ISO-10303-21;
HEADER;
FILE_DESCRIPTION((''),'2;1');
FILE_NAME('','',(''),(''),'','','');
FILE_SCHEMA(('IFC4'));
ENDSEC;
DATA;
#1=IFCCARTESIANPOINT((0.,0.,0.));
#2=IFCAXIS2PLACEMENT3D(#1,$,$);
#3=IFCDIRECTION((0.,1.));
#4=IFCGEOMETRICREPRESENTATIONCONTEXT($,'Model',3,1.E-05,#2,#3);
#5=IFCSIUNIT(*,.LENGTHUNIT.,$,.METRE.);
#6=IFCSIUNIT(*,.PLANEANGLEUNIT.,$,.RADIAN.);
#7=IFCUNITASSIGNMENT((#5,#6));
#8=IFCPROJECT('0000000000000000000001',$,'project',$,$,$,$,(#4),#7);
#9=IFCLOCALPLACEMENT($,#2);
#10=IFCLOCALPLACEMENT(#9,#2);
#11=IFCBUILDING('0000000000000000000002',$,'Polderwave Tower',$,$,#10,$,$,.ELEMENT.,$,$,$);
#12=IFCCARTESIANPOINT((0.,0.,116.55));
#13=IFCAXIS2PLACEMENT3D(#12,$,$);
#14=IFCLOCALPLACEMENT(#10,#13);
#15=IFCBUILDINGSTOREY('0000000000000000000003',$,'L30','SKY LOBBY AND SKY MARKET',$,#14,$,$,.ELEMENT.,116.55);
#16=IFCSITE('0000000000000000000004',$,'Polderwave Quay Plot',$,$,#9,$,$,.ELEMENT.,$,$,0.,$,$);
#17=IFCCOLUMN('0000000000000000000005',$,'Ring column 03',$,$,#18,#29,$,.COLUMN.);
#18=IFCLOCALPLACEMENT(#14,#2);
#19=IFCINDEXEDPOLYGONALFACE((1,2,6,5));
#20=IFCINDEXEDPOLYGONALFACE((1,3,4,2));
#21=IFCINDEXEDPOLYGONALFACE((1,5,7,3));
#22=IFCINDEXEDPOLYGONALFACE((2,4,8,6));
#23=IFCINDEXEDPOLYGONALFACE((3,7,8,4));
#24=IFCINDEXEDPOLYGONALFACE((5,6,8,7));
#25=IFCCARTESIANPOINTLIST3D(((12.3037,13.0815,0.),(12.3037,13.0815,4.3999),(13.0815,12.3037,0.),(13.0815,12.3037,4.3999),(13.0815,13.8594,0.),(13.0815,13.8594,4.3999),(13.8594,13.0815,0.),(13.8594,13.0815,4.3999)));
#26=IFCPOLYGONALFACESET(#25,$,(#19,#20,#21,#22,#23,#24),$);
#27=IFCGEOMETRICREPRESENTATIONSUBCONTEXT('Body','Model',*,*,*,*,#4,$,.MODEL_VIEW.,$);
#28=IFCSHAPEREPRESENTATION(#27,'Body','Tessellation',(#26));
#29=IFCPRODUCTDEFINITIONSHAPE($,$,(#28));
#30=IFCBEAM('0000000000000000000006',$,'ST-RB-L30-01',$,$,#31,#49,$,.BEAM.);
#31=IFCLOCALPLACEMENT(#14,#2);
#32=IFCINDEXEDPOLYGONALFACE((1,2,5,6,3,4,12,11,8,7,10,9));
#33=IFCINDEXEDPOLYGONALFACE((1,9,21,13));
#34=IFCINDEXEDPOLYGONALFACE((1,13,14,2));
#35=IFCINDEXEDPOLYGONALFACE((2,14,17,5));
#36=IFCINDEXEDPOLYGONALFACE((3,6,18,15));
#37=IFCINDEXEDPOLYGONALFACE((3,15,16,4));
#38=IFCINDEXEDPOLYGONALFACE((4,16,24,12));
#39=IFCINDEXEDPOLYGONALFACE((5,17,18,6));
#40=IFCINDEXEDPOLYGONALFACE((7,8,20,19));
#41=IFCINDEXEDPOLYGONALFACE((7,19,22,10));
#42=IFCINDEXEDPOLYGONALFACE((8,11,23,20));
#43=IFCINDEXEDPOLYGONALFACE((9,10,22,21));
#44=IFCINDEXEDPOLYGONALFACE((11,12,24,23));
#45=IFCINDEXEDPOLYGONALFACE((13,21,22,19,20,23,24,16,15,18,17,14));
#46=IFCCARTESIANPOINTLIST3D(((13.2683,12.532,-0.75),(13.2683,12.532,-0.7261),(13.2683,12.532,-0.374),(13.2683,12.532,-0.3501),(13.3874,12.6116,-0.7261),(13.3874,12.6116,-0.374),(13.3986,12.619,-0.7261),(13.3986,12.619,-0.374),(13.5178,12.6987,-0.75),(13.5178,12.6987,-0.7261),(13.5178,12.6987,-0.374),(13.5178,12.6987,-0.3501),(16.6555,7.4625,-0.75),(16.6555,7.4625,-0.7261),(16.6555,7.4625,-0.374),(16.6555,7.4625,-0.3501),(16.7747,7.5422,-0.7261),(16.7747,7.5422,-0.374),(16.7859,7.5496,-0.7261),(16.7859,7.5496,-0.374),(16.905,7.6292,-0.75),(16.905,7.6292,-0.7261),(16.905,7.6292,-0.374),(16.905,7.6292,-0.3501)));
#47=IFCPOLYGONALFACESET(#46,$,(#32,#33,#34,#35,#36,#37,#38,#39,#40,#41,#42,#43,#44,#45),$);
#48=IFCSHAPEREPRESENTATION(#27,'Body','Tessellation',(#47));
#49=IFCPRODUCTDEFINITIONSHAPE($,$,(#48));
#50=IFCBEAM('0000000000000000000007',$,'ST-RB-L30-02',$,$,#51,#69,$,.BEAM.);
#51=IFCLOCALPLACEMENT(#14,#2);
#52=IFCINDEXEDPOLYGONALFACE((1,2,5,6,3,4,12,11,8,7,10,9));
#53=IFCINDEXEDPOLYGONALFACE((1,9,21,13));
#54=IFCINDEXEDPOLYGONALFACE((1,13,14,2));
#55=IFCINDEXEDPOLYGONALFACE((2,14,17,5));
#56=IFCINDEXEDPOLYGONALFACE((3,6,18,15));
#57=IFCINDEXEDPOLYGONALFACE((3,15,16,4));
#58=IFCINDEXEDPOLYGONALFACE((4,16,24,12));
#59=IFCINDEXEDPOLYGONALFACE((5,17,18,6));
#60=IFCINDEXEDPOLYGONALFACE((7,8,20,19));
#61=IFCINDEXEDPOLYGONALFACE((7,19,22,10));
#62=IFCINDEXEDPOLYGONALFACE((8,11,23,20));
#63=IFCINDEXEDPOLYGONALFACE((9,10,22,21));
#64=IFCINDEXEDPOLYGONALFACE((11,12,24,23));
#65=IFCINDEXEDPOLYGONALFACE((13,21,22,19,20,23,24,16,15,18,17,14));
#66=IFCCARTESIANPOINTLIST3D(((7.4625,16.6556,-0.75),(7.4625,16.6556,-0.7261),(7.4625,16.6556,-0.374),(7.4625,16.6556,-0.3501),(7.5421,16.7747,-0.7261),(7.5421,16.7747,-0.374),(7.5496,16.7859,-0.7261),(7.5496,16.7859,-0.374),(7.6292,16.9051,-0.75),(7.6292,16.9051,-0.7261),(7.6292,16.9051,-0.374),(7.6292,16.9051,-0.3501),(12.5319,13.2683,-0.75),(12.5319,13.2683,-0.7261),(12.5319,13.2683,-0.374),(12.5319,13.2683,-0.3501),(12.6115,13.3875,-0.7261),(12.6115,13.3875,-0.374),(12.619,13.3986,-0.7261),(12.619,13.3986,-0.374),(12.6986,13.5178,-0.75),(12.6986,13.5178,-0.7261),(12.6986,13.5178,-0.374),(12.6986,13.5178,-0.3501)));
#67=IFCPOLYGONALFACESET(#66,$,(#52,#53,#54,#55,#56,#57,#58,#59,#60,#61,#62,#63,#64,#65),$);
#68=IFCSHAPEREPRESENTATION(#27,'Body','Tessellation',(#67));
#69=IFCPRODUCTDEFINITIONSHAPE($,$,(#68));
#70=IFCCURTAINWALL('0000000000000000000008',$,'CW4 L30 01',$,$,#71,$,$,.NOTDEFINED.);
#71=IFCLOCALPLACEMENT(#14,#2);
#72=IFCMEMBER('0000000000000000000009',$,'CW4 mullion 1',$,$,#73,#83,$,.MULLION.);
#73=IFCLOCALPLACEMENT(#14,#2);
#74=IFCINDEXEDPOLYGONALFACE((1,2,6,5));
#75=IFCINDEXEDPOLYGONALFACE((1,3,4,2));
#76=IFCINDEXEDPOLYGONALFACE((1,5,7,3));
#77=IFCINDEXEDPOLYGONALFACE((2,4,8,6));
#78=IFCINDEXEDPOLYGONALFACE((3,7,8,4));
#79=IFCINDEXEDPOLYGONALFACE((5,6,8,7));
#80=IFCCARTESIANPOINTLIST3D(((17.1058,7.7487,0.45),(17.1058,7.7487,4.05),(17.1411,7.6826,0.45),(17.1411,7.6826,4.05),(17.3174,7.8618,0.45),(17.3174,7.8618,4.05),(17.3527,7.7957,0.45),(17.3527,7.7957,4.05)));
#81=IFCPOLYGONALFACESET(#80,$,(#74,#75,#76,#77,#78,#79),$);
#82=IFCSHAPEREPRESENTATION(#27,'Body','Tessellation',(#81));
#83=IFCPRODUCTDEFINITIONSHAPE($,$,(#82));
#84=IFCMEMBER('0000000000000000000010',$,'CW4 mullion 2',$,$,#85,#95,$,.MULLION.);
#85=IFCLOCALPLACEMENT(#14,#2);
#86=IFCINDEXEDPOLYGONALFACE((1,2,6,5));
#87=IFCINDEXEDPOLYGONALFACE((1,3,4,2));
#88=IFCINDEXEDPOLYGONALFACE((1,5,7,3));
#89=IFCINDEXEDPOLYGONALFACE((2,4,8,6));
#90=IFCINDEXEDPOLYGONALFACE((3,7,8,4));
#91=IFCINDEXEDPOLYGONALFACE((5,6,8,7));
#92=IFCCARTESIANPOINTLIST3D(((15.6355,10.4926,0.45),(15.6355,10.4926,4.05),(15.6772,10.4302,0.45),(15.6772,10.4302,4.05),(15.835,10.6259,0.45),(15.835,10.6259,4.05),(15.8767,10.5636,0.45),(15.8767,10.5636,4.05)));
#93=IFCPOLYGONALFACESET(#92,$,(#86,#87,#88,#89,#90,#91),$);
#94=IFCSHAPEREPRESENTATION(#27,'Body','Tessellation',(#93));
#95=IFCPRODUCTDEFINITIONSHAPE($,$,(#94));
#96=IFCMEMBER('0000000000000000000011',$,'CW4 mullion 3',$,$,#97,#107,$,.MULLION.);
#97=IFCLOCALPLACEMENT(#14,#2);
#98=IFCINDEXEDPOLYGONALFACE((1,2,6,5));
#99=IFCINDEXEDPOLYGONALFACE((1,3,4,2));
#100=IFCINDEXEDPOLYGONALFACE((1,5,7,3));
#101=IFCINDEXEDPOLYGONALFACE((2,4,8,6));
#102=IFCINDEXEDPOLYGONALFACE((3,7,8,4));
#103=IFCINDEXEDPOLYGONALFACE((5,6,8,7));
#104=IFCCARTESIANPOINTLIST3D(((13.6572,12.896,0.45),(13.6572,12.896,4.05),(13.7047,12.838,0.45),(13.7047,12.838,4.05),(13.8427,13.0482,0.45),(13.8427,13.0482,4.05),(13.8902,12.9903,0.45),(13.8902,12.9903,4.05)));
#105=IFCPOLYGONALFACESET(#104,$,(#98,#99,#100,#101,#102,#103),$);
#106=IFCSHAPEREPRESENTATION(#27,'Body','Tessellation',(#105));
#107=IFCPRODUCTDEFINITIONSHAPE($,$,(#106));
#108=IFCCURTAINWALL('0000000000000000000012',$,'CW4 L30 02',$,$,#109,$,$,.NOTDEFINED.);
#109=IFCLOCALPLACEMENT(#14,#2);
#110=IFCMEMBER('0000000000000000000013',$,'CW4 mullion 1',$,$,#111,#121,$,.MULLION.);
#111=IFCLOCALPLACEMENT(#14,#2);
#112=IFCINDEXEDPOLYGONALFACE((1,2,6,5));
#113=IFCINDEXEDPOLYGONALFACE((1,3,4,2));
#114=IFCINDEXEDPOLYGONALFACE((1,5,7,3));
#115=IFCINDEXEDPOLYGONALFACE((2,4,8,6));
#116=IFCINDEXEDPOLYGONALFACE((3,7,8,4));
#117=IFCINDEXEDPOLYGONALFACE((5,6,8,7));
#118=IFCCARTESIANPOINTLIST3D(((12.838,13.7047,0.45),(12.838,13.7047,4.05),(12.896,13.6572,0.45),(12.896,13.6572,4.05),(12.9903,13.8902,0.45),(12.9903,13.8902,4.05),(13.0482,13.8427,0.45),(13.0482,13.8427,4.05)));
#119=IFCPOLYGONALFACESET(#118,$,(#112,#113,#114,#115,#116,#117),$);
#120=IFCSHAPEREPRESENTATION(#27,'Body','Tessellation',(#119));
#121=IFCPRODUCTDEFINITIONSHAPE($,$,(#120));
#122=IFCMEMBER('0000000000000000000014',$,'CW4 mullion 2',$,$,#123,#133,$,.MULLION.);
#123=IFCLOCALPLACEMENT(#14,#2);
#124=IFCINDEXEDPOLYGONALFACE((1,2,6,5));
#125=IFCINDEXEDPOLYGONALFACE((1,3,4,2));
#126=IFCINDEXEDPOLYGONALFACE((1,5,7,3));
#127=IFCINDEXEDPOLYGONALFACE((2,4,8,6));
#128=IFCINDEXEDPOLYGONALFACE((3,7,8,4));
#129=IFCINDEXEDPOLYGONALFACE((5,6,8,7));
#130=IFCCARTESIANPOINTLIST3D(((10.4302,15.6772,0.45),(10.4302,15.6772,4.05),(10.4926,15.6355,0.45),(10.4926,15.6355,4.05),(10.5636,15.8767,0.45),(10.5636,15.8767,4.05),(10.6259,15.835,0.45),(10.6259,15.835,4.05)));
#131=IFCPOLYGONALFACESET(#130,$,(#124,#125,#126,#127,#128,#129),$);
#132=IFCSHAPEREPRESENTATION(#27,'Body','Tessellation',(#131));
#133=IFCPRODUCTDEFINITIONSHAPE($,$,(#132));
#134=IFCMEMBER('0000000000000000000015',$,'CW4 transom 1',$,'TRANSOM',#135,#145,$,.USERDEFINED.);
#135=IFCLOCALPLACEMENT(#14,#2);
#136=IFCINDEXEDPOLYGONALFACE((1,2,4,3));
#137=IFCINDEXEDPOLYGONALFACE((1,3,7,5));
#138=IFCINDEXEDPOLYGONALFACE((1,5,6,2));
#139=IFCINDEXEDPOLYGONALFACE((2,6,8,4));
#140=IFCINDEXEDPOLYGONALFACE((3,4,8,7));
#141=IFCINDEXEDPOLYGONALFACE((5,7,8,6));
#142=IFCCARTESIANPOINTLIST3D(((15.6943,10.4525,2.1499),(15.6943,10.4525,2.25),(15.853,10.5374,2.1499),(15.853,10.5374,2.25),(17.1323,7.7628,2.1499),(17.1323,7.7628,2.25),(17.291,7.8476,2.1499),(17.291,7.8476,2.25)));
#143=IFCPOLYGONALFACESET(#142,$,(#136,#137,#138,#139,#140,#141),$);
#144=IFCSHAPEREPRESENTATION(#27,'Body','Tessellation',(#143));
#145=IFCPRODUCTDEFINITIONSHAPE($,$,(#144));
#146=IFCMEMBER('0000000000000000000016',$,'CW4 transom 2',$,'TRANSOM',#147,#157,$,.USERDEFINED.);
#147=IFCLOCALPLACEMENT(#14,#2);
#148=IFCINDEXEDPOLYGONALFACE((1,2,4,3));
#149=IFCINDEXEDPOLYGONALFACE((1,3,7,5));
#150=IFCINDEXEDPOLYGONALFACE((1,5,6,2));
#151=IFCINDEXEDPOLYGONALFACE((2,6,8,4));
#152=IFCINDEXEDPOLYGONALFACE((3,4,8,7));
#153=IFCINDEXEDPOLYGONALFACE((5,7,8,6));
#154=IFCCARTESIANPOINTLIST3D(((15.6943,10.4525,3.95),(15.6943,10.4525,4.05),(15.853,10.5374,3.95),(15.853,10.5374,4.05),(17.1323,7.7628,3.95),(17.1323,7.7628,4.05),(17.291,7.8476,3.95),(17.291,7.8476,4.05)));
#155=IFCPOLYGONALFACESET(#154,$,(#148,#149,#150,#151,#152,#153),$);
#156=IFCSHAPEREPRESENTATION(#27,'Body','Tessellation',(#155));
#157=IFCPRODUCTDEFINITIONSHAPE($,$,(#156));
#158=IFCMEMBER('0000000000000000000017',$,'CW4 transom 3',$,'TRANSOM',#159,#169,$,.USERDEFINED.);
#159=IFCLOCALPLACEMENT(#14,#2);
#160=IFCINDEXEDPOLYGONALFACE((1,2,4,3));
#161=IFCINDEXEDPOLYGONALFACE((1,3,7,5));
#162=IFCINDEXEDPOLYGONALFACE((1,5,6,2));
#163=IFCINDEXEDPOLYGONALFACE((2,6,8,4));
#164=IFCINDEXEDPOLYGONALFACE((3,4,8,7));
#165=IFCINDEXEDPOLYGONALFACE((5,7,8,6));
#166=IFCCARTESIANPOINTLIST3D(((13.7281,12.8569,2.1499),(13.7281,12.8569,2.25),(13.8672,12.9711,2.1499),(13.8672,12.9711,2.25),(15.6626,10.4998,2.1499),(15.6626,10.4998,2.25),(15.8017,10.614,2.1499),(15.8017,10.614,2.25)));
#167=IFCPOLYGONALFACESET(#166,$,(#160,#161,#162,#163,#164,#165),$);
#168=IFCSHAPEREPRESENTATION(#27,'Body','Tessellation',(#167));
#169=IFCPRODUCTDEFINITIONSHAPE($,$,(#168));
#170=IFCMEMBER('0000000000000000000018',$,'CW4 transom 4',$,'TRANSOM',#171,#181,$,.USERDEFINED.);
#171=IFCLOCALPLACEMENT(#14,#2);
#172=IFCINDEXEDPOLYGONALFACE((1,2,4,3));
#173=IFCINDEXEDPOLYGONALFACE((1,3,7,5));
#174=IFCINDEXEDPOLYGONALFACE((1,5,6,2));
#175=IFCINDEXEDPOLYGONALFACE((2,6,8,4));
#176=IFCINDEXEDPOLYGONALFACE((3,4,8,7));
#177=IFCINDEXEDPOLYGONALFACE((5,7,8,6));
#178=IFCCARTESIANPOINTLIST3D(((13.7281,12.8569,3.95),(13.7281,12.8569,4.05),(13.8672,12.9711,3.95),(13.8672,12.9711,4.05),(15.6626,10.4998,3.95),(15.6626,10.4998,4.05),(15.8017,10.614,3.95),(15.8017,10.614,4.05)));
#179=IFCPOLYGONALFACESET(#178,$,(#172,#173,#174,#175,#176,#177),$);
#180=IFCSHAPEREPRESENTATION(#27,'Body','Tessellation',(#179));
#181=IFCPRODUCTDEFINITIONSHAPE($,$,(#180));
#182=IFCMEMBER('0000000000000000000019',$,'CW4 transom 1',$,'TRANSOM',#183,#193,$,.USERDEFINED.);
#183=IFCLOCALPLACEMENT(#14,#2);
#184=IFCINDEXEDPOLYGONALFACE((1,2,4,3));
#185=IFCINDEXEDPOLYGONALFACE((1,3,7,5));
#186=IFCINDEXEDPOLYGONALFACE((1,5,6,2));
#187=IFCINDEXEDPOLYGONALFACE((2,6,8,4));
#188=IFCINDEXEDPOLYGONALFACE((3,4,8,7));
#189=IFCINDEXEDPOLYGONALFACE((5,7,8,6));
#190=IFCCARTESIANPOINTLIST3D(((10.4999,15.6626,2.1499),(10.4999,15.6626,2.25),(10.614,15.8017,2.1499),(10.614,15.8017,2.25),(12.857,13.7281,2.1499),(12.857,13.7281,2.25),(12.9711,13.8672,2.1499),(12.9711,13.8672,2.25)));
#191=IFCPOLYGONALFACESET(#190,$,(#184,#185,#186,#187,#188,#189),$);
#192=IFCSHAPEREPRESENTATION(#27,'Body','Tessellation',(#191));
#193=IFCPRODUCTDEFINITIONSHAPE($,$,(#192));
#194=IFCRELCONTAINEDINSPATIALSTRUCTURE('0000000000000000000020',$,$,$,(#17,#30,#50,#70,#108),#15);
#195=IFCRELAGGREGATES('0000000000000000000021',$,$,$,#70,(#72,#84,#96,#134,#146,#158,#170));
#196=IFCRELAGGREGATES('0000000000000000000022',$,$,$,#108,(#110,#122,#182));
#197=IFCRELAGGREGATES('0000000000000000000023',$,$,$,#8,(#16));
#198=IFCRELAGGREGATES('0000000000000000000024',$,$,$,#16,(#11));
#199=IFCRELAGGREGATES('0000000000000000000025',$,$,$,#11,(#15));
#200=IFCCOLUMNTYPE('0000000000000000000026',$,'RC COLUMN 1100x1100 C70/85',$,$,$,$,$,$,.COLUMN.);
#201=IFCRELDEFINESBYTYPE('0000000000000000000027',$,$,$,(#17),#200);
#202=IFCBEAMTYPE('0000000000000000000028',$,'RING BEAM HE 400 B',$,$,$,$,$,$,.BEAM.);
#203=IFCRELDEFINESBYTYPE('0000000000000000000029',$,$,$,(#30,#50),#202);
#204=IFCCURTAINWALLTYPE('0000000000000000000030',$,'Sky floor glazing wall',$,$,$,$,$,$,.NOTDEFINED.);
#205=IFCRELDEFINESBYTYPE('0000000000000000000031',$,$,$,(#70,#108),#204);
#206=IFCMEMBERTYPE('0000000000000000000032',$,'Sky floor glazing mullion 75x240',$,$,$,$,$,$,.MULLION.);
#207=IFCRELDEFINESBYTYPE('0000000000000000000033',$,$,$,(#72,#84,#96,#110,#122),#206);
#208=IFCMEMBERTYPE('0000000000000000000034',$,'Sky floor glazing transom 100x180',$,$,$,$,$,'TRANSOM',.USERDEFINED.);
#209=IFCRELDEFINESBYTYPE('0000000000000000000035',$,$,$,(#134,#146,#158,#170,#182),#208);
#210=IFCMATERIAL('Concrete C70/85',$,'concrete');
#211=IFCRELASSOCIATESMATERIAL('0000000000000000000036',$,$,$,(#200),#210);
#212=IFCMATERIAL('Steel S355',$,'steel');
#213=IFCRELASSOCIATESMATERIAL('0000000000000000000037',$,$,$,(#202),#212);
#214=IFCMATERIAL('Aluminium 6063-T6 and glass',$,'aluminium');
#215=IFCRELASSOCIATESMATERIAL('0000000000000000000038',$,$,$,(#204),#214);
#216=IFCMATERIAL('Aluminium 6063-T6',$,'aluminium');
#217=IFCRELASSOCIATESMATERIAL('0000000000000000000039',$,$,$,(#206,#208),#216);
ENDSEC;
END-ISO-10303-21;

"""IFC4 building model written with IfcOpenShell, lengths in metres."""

from ifc_helpers import new_model, si_unit, direction, frame, origin, origin_2d, place, context, subcontext, project, spatial, rectangle, i_section, extrude, material, material_profile, profile_set, type_object, element, aggregate, save


model = new_model("IFC4")

# Units and contexts
model_context = context("Model", 3, precision=1e-05, world=origin(), true_north=direction((0.0, 1.0)))
body_context = subcontext(model_context, "Body", "Model", "MODEL_VIEW")
ifc_project = project(units=[si_unit("LENGTHUNIT", "METRE"), si_unit("PLANEANGLEUNIT", "RADIAN")], contexts=[model_context])

# Site, building, storey
site_placement = place(None, origin())
site = spatial("IfcSite", under=ifc_project, at=site_placement, Name="Polderwave Quay Plot", CompositionType="ELEMENT", RefElevation=0.0)
building_placement = place(site_placement, origin())
building = spatial("IfcBuilding", under=site, at=building_placement, Name="Polderwave Tower", CompositionType="ELEMENT")
storey_placement = place(building_placement, frame((0.0, 0.0, 116.55)))
storey = spatial("IfcBuildingStorey", under=building, at=storey_placement, Name="L30", Description="SKY LOBBY AND SKY MARKET", CompositionType="ELEMENT", Elevation=116.55)

# Column
ifc_material_1 = material(Name="Concrete C70/85", Category="concrete")
ifc_material_profile_1 = material_profile(ifc_material_1, rectangle(XDim=1.1001, YDim=1.1001, at=origin_2d()), Name="RC 1100x1100")
ifc_profile_set_1 = profile_set([ifc_material_profile_1], Name="Concrete C70/85")
column_type = type_object("IfcColumnType", Name="RC COLUMN 1100x1100 C70/85", PredefinedType="COLUMN", material=ifc_profile_set_1)
column_placement = place(storey_placement, frame((13.0815, 13.0815, 0.0), z_axis=(0.0, 0.0, 1.0), x_axis=(0.707107, 0.707107, 0.0)))
element("IfcColumn", 1, at=column_placement, inside=storey, type_object=column_type, Name="Ring column 03", PredefinedType="COLUMN", context=body_context, shape_type="SweptSolid", body=[
    extrude(rectangle(XDim=1.1001, YDim=1.1001, at=origin_2d()), origin(), (0.0, 0.0, 1.0), 4.3999),
])

# Beams
ifc_material_2 = material(Name="Steel S355", Category="steel")
ifc_material_profile_2 = material_profile(ifc_material_2, i_section(OverallWidth=0.3, OverallDepth=0.3999, WebThickness=0.0134, FlangeThickness=0.0239, at=origin_2d()), Name="HE 400 B")
ifc_profile_set_2 = profile_set([ifc_material_profile_2], Name="Steel S355")
beam_type = type_object("IfcBeamType", Name="RING BEAM HE 400 B", PredefinedType="BEAM", material=ifc_profile_set_2)
for number, where, z_axis, x_axis, name in (
    (2, (16.7803, 7.5459, -0.55), (-0.555569, 0.831471, 0.0), (-0.831471, -0.555569, 0.0), "ST-RB-L30-01"),
    (3, (12.6152, 13.3931, -0.55), (-0.831471, 0.555569, 0.0), (-0.555569, -0.831471, 0.0), "ST-RB-L30-02"),
):
    element("IfcBeam", number, at=place(storey_placement, frame(where, z_axis=z_axis, x_axis=x_axis)), inside=storey, type_object=beam_type, Name=name, PredefinedType="BEAM", context=body_context, shape_type="SweptSolid", body=[
        extrude(i_section(OverallWidth=0.3, OverallDepth=0.3999, WebThickness=0.0134, FlangeThickness=0.0239, at=origin_2d()), origin(), (0.0, 0.0, 1.0), 6.0969),
    ])

# Curtain walls, members
ifc_material_3 = material(Name="Aluminium 6063-T6 and glass", Category="aluminium")
curtain_wall_type = type_object("IfcCurtainWallType", Name="Sky floor glazing wall", PredefinedType="NOTDEFINED", material=ifc_material_3)
curtain_wall_1_placement = place(storey_placement, origin())
curtain_wall_1 = element("IfcCurtainWall", 4, at=curtain_wall_1_placement, inside=storey, type_object=curtain_wall_type, Name="CW4 L30 01", PredefinedType="NOTDEFINED")
ifc_material_4 = material(Name="Aluminium 6063-T6", Category="aluminium")
ifc_material_profile_3 = material_profile(ifc_material_4, rectangle(XDim=0.24, YDim=0.075, at=origin_2d()), Name="AL 75x240")
ifc_profile_set_3 = profile_set([ifc_material_profile_3], Name="Aluminium 6063-T6")
member_type_1 = type_object("IfcMemberType", Name="Sky floor glazing mullion 75x240", PredefinedType="MULLION", material=ifc_profile_set_3)
member_1_placement = place(storey_placement, frame((17.2292, 7.7722, 0.45), z_axis=(0.0, 0.0, 1.0), x_axis=(-0.881888, -0.471458, 0.0)))
member_1 = element("IfcMember", 5, at=member_1_placement, type_object=member_type_1, Name="CW4 mullion 1", PredefinedType="MULLION", context=body_context, shape_type="SweptSolid", body=[
    extrude(rectangle(XDim=0.24, YDim=0.075, at=origin_2d()), origin(), (0.0, 0.0, 1.0), 3.6001),
])
member_2_placement = place(storey_placement, frame((15.7561, 10.5281, 0.45), z_axis=(0.0, 0.0, 1.0), x_axis=(-0.831433, -0.555625, 0.0)))
member_2 = element("IfcMember", 6, at=member_2_placement, type_object=member_type_1, Name="CW4 mullion 2", PredefinedType="MULLION", context=body_context, shape_type="SweptSolid", body=[
    extrude(rectangle(XDim=0.24, YDim=0.075, at=origin_2d()), origin(), (0.0, 0.0, 1.0), 3.6001),
])
member_3_placement = place(storey_placement, frame((13.7737, 12.9431, 0.45), z_axis=(0.0, 0.0, 1.0), x_axis=(-0.772969, -0.634443, 0.0)))
member_3 = element("IfcMember", 7, at=member_3_placement, type_object=member_type_1, Name="CW4 mullion 3", PredefinedType="MULLION", context=body_context, shape_type="SweptSolid", body=[
    extrude(rectangle(XDim=0.24, YDim=0.075, at=origin_2d()), origin(), (0.0, 0.0, 1.0), 3.6001),
])
curtain_wall_2_placement = place(storey_placement, origin())
curtain_wall_2 = element("IfcCurtainWall", 8, at=curtain_wall_2_placement, inside=storey, type_object=curtain_wall_type, Name="CW4 L30 02", PredefinedType="NOTDEFINED")
member_4_placement = place(storey_placement, frame((12.9431, 13.7737, 0.45), z_axis=(0.0, 0.0, 1.0), x_axis=(-0.634443, -0.772969, 0.0)))
member_4 = element("IfcMember", 9, at=member_4_placement, type_object=member_type_1, Name="CW4 mullion 1", PredefinedType="MULLION", context=body_context, shape_type="SweptSolid", body=[
    extrude(rectangle(XDim=0.24, YDim=0.075, at=origin_2d()), origin(), (0.0, 0.0, 1.0), 3.6001),
])
member_5_placement = place(storey_placement, frame((10.5281, 15.7561, 0.45), z_axis=(0.0, 0.0, 1.0), x_axis=(-0.555625, -0.831433, 0.0)))
member_5 = element("IfcMember", 10, at=member_5_placement, type_object=member_type_1, Name="CW4 mullion 2", PredefinedType="MULLION", context=body_context, shape_type="SweptSolid", body=[
    extrude(rectangle(XDim=0.24, YDim=0.075, at=origin_2d()), origin(), (0.0, 0.0, 1.0), 3.6001),
])

# Members
ifc_material_profile_4 = material_profile(ifc_material_4, rectangle(XDim=0.1799, YDim=0.1001, at=origin_2d()), Name="AL 100x180")
ifc_profile_set_4 = profile_set([ifc_material_profile_4], Name="Aluminium 6063-T6")
member_type_2 = type_object("IfcMemberType", Name="Sky floor glazing transom 100x180", ElementType="TRANSOM", PredefinedType="USERDEFINED", material=ifc_profile_set_4)
member_6_placement = place(storey_placement, frame((17.2117, 7.8052, 2.2), z_axis=(-0.471477, 0.881878, 0.0), x_axis=(-0.881878, -0.471477, 0.0)))
member_6 = element("IfcMember", 11, at=member_6_placement, type_object=member_type_2, Name="CW4 transom 1", ObjectType="TRANSOM", PredefinedType="USERDEFINED", context=body_context, shape_type="SweptSolid", body=[
    extrude(rectangle(XDim=0.1799, YDim=0.1001, at=origin_2d()), origin(), (0.0, 0.0, 1.0), 3.05),
])
member_7_placement = place(storey_placement, frame((17.2117, 7.8052, 4.0), z_axis=(-0.471477, 0.881878, 0.0), x_axis=(-0.881878, -0.471477, 0.0)))
member_7 = element("IfcMember", 12, at=member_7_placement, type_object=member_type_2, Name="CW4 transom 2", ObjectType="TRANSOM", PredefinedType="USERDEFINED", context=body_context, shape_type="SweptSolid", body=[
    extrude(rectangle(XDim=0.1799, YDim=0.1001, at=origin_2d()), origin(), (0.0, 0.0, 1.0), 3.05),
])
member_8_placement = place(storey_placement, frame((15.7322, 10.5569, 2.2), z_axis=(-0.63441, 0.772997, 0.0), x_axis=(-0.772997, -0.63441, 0.0)))
member_8 = element("IfcMember", 13, at=member_8_placement, type_object=member_type_2, Name="CW4 transom 3", ObjectType="TRANSOM", PredefinedType="USERDEFINED", context=body_context, shape_type="SweptSolid", body=[
    extrude(rectangle(XDim=0.1799, YDim=0.1001, at=origin_2d()), origin(), (0.0, 0.0, 1.0), 3.0493),
])
member_9_placement = place(storey_placement, frame((15.7322, 10.5569, 4.0), z_axis=(-0.63441, 0.772997, 0.0), x_axis=(-0.772997, -0.63441, 0.0)))
member_9 = element("IfcMember", 14, at=member_9_placement, type_object=member_type_2, Name="CW4 transom 4", ObjectType="TRANSOM", PredefinedType="USERDEFINED", context=body_context, shape_type="SweptSolid", body=[
    extrude(rectangle(XDim=0.1799, YDim=0.1001, at=origin_2d()), origin(), (0.0, 0.0, 1.0), 3.0493),
])
member_10_placement = place(storey_placement, frame((12.9141, 13.7976, 2.2), z_axis=(-0.772997, 0.63441, 0.0), x_axis=(-0.63441, -0.772997, 0.0)))
member_10 = element("IfcMember", 15, at=member_10_placement, type_object=member_type_2, Name="CW4 transom 1", ObjectType="TRANSOM", PredefinedType="USERDEFINED", context=body_context, shape_type="SweptSolid", body=[
    extrude(rectangle(XDim=0.1799, YDim=0.1001, at=origin_2d()), origin(), (0.0, 0.0, 1.0), 3.0493),
])

aggregate(curtain_wall_1, [member_1, member_2, member_3, member_6, member_7, member_8, member_9])
aggregate(curtain_wall_2, [member_4, member_5, member_10])

save(model, "model.ifc")
